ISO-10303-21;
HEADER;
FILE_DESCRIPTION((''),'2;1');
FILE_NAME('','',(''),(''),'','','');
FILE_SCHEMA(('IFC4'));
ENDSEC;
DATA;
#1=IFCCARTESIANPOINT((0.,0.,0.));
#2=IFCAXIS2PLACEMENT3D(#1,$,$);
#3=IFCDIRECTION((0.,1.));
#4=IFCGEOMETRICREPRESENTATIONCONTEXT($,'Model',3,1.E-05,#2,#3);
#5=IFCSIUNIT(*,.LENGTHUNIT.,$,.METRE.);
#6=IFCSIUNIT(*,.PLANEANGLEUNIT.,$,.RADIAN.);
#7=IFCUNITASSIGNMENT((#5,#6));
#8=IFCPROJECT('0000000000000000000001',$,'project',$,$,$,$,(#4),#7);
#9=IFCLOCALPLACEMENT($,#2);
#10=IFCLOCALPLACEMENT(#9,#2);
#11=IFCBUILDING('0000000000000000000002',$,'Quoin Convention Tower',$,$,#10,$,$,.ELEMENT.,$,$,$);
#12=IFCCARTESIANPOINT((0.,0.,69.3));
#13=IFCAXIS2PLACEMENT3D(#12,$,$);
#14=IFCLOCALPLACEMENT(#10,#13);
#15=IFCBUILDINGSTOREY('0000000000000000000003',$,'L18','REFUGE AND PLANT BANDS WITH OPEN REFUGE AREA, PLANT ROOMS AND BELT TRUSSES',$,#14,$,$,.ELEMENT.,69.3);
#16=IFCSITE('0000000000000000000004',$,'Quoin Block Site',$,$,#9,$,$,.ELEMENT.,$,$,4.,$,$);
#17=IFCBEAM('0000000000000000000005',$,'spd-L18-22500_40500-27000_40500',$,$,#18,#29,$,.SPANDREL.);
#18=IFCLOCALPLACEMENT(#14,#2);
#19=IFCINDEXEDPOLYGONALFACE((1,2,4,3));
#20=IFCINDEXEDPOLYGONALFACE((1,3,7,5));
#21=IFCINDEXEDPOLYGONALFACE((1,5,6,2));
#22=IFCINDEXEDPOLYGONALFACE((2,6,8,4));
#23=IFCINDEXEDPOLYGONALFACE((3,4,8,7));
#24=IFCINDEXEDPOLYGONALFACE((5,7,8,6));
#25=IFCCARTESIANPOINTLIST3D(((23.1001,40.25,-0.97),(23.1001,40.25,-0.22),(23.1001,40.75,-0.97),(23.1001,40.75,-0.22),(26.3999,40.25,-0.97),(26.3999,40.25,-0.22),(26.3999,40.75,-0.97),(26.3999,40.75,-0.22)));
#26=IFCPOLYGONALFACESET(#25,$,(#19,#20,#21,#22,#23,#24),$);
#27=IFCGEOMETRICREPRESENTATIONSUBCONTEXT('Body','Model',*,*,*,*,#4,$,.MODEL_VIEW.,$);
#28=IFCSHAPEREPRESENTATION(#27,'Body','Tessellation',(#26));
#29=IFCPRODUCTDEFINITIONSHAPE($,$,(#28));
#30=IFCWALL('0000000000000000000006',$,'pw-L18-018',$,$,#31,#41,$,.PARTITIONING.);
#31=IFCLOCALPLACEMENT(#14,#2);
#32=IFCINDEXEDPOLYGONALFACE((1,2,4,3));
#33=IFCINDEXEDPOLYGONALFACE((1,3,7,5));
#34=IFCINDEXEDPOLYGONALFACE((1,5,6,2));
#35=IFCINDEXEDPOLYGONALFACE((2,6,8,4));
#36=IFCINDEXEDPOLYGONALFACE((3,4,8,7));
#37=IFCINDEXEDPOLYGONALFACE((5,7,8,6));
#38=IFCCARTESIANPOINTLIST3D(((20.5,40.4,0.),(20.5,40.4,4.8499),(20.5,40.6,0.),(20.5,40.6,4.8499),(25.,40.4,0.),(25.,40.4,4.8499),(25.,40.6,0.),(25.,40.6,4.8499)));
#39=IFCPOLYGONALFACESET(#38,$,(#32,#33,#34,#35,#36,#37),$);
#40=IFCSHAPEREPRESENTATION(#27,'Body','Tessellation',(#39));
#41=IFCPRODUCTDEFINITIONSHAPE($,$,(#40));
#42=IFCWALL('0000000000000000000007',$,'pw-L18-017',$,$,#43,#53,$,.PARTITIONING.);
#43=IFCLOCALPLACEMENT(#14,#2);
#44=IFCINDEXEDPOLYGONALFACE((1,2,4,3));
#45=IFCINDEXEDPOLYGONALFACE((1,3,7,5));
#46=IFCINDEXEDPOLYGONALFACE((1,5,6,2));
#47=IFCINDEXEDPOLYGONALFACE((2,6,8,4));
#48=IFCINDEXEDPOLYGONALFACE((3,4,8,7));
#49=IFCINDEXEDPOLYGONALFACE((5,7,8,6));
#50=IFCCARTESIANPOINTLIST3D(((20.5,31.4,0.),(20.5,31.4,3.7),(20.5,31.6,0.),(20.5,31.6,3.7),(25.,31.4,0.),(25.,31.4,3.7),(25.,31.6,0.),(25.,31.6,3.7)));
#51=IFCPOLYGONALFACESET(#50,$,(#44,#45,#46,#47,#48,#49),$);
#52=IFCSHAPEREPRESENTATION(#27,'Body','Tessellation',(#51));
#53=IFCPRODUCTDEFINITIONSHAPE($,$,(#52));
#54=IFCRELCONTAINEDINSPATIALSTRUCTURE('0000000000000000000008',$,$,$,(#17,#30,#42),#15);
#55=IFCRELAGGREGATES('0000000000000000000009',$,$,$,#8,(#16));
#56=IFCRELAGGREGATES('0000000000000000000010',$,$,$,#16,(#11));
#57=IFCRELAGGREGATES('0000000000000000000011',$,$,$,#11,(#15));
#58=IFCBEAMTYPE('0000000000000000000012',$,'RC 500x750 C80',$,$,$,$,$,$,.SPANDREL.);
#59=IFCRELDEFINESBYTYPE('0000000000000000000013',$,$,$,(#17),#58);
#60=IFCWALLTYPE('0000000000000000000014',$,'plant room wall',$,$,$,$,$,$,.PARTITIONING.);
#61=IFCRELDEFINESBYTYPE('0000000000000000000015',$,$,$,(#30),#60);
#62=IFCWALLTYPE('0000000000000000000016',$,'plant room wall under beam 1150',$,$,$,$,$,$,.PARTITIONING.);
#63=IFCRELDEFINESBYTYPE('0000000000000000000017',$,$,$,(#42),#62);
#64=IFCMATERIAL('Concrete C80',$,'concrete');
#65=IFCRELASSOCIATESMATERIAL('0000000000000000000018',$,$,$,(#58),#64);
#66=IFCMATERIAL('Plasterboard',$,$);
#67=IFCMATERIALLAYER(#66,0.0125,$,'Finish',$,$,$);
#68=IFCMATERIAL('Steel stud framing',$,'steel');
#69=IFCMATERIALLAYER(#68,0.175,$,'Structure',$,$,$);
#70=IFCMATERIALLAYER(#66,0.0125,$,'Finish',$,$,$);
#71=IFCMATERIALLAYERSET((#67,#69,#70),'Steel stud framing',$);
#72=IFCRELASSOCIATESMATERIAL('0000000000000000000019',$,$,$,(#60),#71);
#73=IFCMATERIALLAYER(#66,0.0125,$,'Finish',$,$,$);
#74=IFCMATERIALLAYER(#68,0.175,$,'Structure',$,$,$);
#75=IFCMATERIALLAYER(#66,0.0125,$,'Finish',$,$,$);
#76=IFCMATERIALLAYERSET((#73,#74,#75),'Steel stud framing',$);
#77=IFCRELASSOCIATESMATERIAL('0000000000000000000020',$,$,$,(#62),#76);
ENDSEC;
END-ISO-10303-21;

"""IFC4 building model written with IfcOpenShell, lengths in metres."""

from ifc_helpers import new_model, si_unit, direction, frame, frame_2d, origin, origin_2d, place, context, subcontext, project, spatial, rectangle, extrude, material, layer, layer_set, material_profile, profile_set, type_object, element, save


model = new_model("IFC4")

# Units and contexts
model_context = context("Model", 3, precision=1e-05, world=origin(), true_north=direction((0.0, 1.0)))
body_context = subcontext(model_context, "Body", "Model", "MODEL_VIEW")
ifc_project = project(units=[si_unit("LENGTHUNIT", "METRE"), si_unit("PLANEANGLEUNIT", "RADIAN")], contexts=[model_context])

# Site, building, storey
site_placement = place(None, origin())
site = spatial("IfcSite", under=ifc_project, at=site_placement, Name="Quoin Block Site", CompositionType="ELEMENT", RefElevation=4.0)
building_placement = place(site_placement, origin())
building = spatial("IfcBuilding", under=site, at=building_placement, Name="Quoin Convention Tower", CompositionType="ELEMENT")
storey_placement = place(building_placement, frame((0.0, 0.0, 69.3)))
storey = spatial("IfcBuildingStorey", under=building, at=storey_placement, Name="L18", Description="REFUGE AND PLANT BANDS WITH OPEN REFUGE AREA, PLANT ROOMS AND BELT TRUSSES", CompositionType="ELEMENT", Elevation=69.3)

# Shared definitions
ifc_material_1 = material(Name="Concrete C80", Category="concrete")

# Beam
ifc_material_profile_1 = material_profile(ifc_material_1, rectangle(XDim=0.5, YDim=0.75, at=origin_2d()), Name="RC 500x750")
ifc_profile_set_1 = profile_set([ifc_material_profile_1], Name="Concrete C80")
beam_type_1 = type_object("IfcBeamType", Name="RC 500x750 C80", PredefinedType="SPANDREL", material=ifc_profile_set_1)
for number, where, z_axis, x_axis, name in (
    (1, (23.1001, 40.5, -0.595), (1.0, 0.0, 0.0), (0.0, 1.0, 0.0), "spd-L18-22500_40500-27000_40500"),
):
    element("IfcBeam", number, at=place(storey_placement, frame(where, z_axis=z_axis, x_axis=x_axis)), inside=storey, type_object=beam_type_1, Name=name, PredefinedType="SPANDREL", context=body_context, shape_type="SweptSolid", body=[
        extrude(rectangle(XDim=0.5, YDim=0.75, at=origin_2d()), origin(), (0.0, 0.0, 1.0), 3.2998),
    ])

# Walls
ifc_material_2 = material(Name="Plasterboard")
ifc_layer_1 = layer(ifc_material_2, 0.0125, Name="Finish")
ifc_material_3 = material(Name="Steel stud framing", Category="steel")
ifc_layer_2 = layer(ifc_material_3, 0.175, Name="Structure")
ifc_layer_3 = layer(ifc_material_2, 0.0125, Name="Finish")
ifc_layer_set_1 = layer_set([ifc_layer_1, ifc_layer_2, ifc_layer_3], Name="Steel stud framing")
wall_type_1 = type_object("IfcWallType", Name="plant room wall", PredefinedType="PARTITIONING", material=ifc_layer_set_1)
wall_1_placement = place(storey_placement, frame((20.5, 40.5, 0.0), z_axis=(0.0, 0.0, 1.0), x_axis=(1.0, 0.0, 0.0)))
element("IfcWall", 2, at=wall_1_placement, inside=storey, type_object=wall_type_1, Name="pw-L18-018", PredefinedType="PARTITIONING", context=body_context, shape_type="SweptSolid", body=[
    extrude(rectangle(XDim=4.5, YDim=0.2, at=frame_2d((2.25, 0.0))), origin(), (0.0, 0.0, 1.0), 4.8499),
])
ifc_layer_4 = layer(ifc_material_2, 0.0125, Name="Finish")
ifc_layer_5 = layer(ifc_material_3, 0.175, Name="Structure")
ifc_layer_6 = layer(ifc_material_2, 0.0125, Name="Finish")
ifc_layer_set_2 = layer_set([ifc_layer_4, ifc_layer_5, ifc_layer_6], Name="Steel stud framing")
wall_type_2 = type_object("IfcWallType", Name="plant room wall under beam 1150", PredefinedType="PARTITIONING", material=ifc_layer_set_2)
wall_2_placement = place(storey_placement, frame((20.5, 31.5, 0.0), z_axis=(0.0, 0.0, 1.0), x_axis=(1.0, 0.0, 0.0)))
element("IfcWall", 3, at=wall_2_placement, inside=storey, type_object=wall_type_2, Name="pw-L18-017", PredefinedType="PARTITIONING", context=body_context, shape_type="SweptSolid", body=[
    extrude(rectangle(XDim=4.5, YDim=0.2, at=frame_2d((2.25, 0.0))), origin(), (0.0, 0.0, 1.0), 3.7),
])

save(model, "model.ifc")
